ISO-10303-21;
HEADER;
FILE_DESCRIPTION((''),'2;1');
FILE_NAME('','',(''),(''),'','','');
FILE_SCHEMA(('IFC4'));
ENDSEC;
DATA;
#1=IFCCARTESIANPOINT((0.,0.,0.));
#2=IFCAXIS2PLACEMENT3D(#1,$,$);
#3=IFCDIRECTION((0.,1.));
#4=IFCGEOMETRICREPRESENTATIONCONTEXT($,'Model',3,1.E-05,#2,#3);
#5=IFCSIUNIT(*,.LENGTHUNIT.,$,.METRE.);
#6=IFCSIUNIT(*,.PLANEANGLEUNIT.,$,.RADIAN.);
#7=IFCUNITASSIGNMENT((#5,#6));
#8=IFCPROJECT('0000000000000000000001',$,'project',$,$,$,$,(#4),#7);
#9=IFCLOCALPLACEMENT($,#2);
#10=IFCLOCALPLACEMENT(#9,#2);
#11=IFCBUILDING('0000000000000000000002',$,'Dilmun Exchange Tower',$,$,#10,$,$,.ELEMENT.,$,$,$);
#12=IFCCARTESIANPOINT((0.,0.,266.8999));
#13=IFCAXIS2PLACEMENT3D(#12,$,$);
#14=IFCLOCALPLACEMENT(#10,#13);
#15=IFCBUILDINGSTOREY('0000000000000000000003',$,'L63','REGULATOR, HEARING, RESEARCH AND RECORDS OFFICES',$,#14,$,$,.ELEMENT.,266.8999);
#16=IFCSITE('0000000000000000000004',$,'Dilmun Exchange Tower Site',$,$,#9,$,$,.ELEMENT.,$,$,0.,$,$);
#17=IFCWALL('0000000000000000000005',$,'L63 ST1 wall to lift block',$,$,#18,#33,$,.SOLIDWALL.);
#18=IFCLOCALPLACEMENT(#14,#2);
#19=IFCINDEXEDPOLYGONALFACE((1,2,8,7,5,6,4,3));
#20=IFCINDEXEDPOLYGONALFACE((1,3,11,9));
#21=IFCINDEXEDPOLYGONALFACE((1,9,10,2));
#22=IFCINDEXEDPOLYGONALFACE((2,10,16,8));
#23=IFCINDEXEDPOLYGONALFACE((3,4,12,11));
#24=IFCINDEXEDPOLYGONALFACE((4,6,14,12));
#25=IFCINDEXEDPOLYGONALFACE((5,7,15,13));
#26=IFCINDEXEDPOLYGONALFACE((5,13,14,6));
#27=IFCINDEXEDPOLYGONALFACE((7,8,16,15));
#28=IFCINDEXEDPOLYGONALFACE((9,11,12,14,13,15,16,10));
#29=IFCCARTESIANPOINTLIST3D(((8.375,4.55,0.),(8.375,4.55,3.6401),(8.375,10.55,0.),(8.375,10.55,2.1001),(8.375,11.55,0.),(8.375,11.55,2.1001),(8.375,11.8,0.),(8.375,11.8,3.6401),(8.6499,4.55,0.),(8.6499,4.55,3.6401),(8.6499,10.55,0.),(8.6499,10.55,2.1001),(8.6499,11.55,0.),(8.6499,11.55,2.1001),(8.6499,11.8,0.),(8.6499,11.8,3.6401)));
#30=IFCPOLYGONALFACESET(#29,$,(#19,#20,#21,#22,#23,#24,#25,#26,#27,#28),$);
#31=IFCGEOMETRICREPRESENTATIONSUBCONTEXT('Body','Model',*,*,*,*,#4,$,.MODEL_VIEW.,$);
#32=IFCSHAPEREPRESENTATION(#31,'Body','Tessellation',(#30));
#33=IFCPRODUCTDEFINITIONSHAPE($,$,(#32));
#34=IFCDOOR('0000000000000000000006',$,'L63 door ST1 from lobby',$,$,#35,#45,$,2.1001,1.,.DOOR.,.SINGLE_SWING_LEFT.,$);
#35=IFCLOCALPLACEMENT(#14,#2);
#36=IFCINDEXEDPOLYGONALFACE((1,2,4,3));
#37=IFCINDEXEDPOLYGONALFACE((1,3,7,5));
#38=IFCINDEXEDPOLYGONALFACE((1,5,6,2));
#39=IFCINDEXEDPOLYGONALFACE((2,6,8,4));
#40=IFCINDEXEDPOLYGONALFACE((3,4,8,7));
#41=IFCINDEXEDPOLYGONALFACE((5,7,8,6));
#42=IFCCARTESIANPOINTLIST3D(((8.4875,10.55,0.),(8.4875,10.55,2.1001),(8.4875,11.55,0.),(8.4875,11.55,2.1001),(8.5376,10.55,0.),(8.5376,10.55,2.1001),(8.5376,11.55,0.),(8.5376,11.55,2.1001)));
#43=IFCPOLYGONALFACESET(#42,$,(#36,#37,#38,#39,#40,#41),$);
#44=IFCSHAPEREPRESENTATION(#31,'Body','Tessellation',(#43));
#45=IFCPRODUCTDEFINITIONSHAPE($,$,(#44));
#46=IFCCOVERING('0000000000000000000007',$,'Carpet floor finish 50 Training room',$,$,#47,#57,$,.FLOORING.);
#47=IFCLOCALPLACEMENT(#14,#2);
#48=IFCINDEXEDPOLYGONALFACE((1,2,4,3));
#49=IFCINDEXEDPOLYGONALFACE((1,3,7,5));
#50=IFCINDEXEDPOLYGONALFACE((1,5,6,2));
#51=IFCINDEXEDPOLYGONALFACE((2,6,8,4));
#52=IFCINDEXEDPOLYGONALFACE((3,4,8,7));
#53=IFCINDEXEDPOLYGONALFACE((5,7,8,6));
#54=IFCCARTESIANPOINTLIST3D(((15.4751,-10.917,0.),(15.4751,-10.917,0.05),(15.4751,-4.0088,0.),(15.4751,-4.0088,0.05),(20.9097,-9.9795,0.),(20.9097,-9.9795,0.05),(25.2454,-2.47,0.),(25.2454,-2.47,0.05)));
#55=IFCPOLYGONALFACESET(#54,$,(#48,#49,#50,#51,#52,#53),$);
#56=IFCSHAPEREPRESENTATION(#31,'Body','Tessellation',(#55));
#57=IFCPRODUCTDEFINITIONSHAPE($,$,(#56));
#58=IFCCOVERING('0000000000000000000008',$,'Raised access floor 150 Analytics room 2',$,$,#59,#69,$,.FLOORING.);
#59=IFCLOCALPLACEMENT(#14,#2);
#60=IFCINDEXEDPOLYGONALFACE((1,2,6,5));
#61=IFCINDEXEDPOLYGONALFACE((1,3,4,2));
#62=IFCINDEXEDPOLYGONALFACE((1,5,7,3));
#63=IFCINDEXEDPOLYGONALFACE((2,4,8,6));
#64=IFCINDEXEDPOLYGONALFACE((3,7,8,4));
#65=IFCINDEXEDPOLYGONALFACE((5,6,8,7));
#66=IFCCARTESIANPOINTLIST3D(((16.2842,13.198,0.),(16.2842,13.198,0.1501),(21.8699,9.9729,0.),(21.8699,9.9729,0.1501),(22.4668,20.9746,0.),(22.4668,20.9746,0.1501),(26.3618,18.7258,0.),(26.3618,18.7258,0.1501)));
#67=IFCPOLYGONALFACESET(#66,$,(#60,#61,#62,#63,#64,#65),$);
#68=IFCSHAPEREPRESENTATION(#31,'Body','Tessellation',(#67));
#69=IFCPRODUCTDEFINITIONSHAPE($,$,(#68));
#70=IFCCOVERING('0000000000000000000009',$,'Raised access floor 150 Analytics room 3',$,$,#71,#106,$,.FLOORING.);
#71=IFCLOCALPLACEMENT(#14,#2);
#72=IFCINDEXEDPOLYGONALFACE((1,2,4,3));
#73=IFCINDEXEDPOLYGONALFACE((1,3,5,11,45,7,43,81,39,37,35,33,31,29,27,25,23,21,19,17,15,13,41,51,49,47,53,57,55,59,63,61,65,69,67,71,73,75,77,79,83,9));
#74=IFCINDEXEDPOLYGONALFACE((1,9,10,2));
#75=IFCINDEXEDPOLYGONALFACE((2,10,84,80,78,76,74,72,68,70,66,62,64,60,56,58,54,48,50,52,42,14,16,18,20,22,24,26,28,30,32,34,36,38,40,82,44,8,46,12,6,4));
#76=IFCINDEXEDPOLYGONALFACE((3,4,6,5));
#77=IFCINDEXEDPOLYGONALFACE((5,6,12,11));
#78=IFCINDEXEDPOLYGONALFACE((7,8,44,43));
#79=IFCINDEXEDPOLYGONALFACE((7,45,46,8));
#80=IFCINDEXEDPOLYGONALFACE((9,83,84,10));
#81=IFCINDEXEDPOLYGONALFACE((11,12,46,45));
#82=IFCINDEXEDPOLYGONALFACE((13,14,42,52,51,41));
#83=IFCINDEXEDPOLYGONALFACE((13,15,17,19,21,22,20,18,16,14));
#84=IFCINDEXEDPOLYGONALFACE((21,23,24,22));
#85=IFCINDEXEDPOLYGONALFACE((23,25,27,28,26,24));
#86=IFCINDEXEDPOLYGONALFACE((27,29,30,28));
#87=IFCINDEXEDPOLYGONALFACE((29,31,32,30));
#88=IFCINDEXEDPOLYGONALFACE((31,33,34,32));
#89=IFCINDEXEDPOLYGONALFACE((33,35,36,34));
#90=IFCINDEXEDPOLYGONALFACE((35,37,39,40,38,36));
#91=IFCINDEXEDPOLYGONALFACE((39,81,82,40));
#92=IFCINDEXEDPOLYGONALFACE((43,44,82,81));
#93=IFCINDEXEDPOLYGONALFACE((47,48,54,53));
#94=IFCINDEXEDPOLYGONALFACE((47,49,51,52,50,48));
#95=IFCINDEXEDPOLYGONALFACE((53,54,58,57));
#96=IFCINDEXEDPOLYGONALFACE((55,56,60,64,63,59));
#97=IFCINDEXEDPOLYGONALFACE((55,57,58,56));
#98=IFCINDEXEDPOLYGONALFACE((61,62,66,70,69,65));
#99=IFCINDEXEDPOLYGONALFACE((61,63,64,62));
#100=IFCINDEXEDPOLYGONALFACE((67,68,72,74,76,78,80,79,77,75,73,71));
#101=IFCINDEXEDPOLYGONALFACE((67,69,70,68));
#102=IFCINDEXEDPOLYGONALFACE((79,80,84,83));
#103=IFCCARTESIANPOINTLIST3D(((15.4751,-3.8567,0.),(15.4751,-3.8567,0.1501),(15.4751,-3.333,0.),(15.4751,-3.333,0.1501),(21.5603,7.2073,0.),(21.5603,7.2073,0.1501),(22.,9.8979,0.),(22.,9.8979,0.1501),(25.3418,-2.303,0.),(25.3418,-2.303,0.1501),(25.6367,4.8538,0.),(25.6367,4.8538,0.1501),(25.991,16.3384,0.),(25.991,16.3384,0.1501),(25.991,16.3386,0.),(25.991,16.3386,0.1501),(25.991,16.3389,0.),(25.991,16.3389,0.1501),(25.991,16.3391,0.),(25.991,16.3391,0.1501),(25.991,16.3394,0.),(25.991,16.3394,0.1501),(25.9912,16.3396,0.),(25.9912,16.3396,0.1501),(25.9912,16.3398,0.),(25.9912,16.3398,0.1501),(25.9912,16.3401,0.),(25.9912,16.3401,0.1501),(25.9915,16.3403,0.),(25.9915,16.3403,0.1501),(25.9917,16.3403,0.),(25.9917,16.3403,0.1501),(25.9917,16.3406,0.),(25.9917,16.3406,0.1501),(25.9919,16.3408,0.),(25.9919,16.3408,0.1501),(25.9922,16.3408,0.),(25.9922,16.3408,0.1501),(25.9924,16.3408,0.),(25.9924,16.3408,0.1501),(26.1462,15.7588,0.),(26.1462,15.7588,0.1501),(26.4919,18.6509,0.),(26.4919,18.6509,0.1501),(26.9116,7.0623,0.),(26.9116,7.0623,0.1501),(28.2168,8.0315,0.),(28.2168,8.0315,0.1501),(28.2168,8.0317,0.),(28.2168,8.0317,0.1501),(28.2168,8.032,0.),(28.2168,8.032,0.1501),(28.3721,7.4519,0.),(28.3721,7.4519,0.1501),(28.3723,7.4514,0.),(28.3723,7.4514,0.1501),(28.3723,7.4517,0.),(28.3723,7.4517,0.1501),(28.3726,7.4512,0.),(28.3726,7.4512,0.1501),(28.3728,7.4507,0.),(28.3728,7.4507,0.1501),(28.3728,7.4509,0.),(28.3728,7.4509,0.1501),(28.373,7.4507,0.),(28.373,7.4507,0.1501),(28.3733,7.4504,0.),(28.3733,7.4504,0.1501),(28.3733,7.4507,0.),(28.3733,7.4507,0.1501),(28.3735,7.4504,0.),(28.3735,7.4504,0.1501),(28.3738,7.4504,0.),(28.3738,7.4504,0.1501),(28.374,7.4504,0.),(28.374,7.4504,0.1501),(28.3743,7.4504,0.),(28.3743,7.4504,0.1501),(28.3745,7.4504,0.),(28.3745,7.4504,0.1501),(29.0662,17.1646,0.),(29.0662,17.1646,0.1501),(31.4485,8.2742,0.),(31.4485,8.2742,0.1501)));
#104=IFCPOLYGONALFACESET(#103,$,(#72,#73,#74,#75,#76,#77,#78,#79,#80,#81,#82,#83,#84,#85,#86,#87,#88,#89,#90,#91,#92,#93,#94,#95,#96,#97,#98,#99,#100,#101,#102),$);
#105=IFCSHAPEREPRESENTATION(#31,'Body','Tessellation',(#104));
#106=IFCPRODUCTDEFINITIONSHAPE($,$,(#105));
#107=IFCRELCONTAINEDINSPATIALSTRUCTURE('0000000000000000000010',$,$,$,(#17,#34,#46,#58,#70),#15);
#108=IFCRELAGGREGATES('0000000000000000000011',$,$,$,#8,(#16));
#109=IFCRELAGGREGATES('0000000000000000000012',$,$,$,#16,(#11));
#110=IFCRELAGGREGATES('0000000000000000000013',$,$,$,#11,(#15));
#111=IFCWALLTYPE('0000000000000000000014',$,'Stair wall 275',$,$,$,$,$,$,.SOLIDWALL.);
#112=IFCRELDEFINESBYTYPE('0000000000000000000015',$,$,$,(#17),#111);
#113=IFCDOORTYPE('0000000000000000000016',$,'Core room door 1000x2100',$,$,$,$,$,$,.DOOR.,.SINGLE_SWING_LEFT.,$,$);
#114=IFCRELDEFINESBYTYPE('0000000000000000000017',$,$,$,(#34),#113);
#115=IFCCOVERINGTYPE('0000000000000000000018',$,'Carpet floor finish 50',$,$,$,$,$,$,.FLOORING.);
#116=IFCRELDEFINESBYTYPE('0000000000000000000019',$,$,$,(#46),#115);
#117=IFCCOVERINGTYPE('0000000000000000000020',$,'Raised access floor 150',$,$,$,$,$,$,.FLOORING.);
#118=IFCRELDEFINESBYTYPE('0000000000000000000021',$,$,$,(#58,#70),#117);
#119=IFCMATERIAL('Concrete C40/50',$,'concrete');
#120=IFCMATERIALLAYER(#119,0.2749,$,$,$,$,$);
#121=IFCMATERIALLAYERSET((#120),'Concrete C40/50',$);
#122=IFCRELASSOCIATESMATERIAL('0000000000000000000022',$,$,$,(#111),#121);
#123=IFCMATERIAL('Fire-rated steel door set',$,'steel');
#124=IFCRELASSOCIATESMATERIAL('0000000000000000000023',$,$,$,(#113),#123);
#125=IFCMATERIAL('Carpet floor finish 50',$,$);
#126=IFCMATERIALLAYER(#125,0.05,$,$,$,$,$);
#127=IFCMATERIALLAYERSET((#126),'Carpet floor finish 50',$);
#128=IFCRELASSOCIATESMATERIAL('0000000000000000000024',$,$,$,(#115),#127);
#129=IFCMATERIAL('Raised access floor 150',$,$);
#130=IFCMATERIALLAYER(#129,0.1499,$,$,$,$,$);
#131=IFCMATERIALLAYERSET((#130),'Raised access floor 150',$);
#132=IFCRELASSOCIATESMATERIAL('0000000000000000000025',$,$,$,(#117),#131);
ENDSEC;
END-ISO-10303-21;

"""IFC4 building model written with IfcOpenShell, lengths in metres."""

from ifc_helpers import new_model, si_unit, direction, frame, frame_2d, origin, place, context, subcontext, project, spatial, polyline, rectangle, outline, extrude, material, layer, layer_set, type_object, element, fill, save


model = new_model("IFC4")

# Units and contexts
model_context = context("Model", 3, precision=1e-05, world=origin(), true_north=direction((0.0, 1.0)))
body_context = subcontext(model_context, "Body", "Model", "MODEL_VIEW")
ifc_project = project(units=[si_unit("LENGTHUNIT", "METRE"), si_unit("PLANEANGLEUNIT", "RADIAN")], contexts=[model_context])

# Site, building, storey
site_placement = place(None, origin())
site = spatial("IfcSite", under=ifc_project, at=site_placement, Name="Dilmun Exchange Tower Site", CompositionType="ELEMENT", RefElevation=0.0)
building_placement = place(site_placement, origin())
building = spatial("IfcBuilding", under=site, at=building_placement, Name="Dilmun Exchange Tower", CompositionType="ELEMENT")
storey_placement = place(building_placement, frame((0.0, 0.0, 266.8999)))
storey = spatial("IfcBuildingStorey", under=building, at=storey_placement, Name="L63", Description="REGULATOR, HEARING, RESEARCH AND RECORDS OFFICES", CompositionType="ELEMENT", Elevation=266.8999)

# Shared definitions
ifc_material_1 = material(Name="Concrete C40/50", Category="concrete")

# Shared definitions
ifc_material_2 = material(Name="Fire-rated steel door set", Category="steel")

# Wall, opening, door
ifc_layer_1 = layer(ifc_material_1, 0.2749)
ifc_layer_set_1 = layer_set([ifc_layer_1], Name="Concrete C40/50")
wall_type_1 = type_object("IfcWallType", Name="Stair wall 275", PredefinedType="SOLIDWALL", material=ifc_layer_set_1)
wall_1_placement = place(storey_placement, frame((8.5125, 4.55, 0.0), z_axis=(0.0, 0.0, 1.0), x_axis=(0.0, 1.0, 0.0)))
wall_1 = element("IfcWall", 1, at=wall_1_placement, inside=storey, type_object=wall_type_1, Name="L63 ST1 wall to lift block", PredefinedType="SOLIDWALL", context=body_context, shape_type="SweptSolid", body=[
    extrude(rectangle(XDim=7.25, YDim=0.2749, at=frame_2d((3.625, 0.0))), origin(), (0.0, 0.0, 1.0), 3.6401),
])
opening_1_placement = place(wall_1_placement, frame((6.0, 0.0, 0.0)))
opening_1 = element("IfcOpeningElement", 2, at=opening_1_placement, cuts=wall_1, PredefinedType="OPENING", context=body_context, shape_type="SweptSolid", body=[
    extrude(rectangle(XDim=1.0, YDim=2.1001, at=frame_2d((0.5, 1.05))), frame((0.0, 0.1475, 0.0), z_axis=(0.0, -1.0, 0.0), x_axis=(1.0, 0.0, 0.0)), (0.0, 0.0, 1.0), 0.2949),
])
door_type_1 = type_object("IfcDoorType", Name="Core room door 1000x2100", OperationType="SINGLE_SWING_LEFT", PredefinedType="DOOR", material=ifc_material_2)
door_1_placement = place(opening_1_placement, origin())
door_1 = element("IfcDoor", 3, at=door_1_placement, inside=storey, type_object=door_type_1, Name="L63 door ST1 from lobby", OperationType="SINGLE_SWING_LEFT", OverallHeight=2.1001, OverallWidth=1.0, PredefinedType="DOOR", context=body_context, shape_type="SweptSolid", body=[
    extrude(rectangle(XDim=1.0, YDim=2.1001, at=frame_2d((0.5, 1.05))), frame((0.0, 0.0249, 0.0), z_axis=(0.0, -1.0, 0.0), x_axis=(1.0, 0.0, 0.0)), (0.0, 0.0, 1.0), 0.05),
])
fill(opening_1, door_1)

# Coverings
ifc_material_3 = material(Name="Carpet floor finish 50")
ifc_layer_2 = layer(ifc_material_3, 0.05)
ifc_layer_set_2 = layer_set([ifc_layer_2], Name="Carpet floor finish 50")
covering_type_1 = type_object("IfcCoveringType", Name="Carpet floor finish 50", PredefinedType="FLOORING", material=ifc_layer_set_2)
covering_1_placement = place(storey_placement, origin())
element("IfcCovering", 4, at=covering_1_placement, inside=storey, type_object=covering_type_1, Name="Carpet floor finish 50 Training room", PredefinedType="FLOORING", context=body_context, shape_type="SweptSolid", body=[
    extrude(outline(polyline([(15.4751, -10.917), (15.4751, -4.0088), (25.2454, -2.47), (20.9097, -9.9795), (15.4751, -10.917)])), origin(), (0.0, 0.0, 1.0), 0.05),
])
ifc_material_4 = material(Name="Raised access floor 150")
ifc_layer_3 = layer(ifc_material_4, 0.1499)
ifc_layer_set_3 = layer_set([ifc_layer_3], Name="Raised access floor 150")
covering_type_2 = type_object("IfcCoveringType", Name="Raised access floor 150", PredefinedType="FLOORING", material=ifc_layer_set_3)
covering_2_placement = place(storey_placement, origin())
element("IfcCovering", 5, at=covering_2_placement, inside=storey, type_object=covering_type_2, Name="Raised access floor 150 Analytics room 2", PredefinedType="FLOORING", context=body_context, shape_type="SweptSolid", body=[
    extrude(outline(polyline([(21.8699, 9.9729), (16.2842, 13.198), (22.4668, 20.9746), (26.3618, 18.7258), (21.8699, 9.9729)])), origin(), (0.0, 0.0, 1.0), 0.1501),
])
covering_3_placement = place(storey_placement, origin())
element("IfcCovering", 6, at=covering_3_placement, inside=storey, type_object=covering_type_2, Name="Raised access floor 150 Analytics room 3", PredefinedType="FLOORING", context=body_context, shape_type="SweptSolid", body=[
    extrude(outline(polyline([(25.6367, 4.8538), (26.9116, 7.0623), (22.0, 9.8979), (26.4919, 18.6509), (29.0662, 17.1646), (25.9924, 16.3408), (25.9922, 16.3408), (25.9922, 16.3408), (25.9919, 16.3408), (25.9917, 16.3406), (25.9917, 16.3403), (25.9915, 16.3403), (25.9912, 16.3401), (25.9912, 16.3401), (25.9912, 16.3398), (25.9912, 16.3396), (25.991, 16.3394), (25.991, 16.3391), (25.991, 16.3391), (25.991, 16.3389), (25.991, 16.3386), (25.991, 16.3384), (26.1462, 15.7588), (28.2168, 8.032), (28.2168, 8.032), (28.2168, 8.0317), (28.2168, 8.0317), (28.2168, 8.0315), (28.3721, 7.4519), (28.3723, 7.4517), (28.3723, 7.4514), (28.3723, 7.4514), (28.3726, 7.4512), (28.3726, 7.4512), (28.3728, 7.4509), (28.3728, 7.4507), (28.373, 7.4507), (28.3733, 7.4507), (28.3733, 7.4504), (28.3735, 7.4504), (28.3738, 7.4504), (28.374, 7.4504), (28.3743, 7.4504), (28.3745, 7.4504), (28.3745, 7.4504), (31.4485, 8.2742), (25.3418, -2.303), (15.4751, -3.8567), (15.4751, -3.333), (21.5603, 7.2073), (25.6367, 4.8538)])), origin(), (0.0, 0.0, 1.0), 0.1501),
])

save(model, "model.ifc")
